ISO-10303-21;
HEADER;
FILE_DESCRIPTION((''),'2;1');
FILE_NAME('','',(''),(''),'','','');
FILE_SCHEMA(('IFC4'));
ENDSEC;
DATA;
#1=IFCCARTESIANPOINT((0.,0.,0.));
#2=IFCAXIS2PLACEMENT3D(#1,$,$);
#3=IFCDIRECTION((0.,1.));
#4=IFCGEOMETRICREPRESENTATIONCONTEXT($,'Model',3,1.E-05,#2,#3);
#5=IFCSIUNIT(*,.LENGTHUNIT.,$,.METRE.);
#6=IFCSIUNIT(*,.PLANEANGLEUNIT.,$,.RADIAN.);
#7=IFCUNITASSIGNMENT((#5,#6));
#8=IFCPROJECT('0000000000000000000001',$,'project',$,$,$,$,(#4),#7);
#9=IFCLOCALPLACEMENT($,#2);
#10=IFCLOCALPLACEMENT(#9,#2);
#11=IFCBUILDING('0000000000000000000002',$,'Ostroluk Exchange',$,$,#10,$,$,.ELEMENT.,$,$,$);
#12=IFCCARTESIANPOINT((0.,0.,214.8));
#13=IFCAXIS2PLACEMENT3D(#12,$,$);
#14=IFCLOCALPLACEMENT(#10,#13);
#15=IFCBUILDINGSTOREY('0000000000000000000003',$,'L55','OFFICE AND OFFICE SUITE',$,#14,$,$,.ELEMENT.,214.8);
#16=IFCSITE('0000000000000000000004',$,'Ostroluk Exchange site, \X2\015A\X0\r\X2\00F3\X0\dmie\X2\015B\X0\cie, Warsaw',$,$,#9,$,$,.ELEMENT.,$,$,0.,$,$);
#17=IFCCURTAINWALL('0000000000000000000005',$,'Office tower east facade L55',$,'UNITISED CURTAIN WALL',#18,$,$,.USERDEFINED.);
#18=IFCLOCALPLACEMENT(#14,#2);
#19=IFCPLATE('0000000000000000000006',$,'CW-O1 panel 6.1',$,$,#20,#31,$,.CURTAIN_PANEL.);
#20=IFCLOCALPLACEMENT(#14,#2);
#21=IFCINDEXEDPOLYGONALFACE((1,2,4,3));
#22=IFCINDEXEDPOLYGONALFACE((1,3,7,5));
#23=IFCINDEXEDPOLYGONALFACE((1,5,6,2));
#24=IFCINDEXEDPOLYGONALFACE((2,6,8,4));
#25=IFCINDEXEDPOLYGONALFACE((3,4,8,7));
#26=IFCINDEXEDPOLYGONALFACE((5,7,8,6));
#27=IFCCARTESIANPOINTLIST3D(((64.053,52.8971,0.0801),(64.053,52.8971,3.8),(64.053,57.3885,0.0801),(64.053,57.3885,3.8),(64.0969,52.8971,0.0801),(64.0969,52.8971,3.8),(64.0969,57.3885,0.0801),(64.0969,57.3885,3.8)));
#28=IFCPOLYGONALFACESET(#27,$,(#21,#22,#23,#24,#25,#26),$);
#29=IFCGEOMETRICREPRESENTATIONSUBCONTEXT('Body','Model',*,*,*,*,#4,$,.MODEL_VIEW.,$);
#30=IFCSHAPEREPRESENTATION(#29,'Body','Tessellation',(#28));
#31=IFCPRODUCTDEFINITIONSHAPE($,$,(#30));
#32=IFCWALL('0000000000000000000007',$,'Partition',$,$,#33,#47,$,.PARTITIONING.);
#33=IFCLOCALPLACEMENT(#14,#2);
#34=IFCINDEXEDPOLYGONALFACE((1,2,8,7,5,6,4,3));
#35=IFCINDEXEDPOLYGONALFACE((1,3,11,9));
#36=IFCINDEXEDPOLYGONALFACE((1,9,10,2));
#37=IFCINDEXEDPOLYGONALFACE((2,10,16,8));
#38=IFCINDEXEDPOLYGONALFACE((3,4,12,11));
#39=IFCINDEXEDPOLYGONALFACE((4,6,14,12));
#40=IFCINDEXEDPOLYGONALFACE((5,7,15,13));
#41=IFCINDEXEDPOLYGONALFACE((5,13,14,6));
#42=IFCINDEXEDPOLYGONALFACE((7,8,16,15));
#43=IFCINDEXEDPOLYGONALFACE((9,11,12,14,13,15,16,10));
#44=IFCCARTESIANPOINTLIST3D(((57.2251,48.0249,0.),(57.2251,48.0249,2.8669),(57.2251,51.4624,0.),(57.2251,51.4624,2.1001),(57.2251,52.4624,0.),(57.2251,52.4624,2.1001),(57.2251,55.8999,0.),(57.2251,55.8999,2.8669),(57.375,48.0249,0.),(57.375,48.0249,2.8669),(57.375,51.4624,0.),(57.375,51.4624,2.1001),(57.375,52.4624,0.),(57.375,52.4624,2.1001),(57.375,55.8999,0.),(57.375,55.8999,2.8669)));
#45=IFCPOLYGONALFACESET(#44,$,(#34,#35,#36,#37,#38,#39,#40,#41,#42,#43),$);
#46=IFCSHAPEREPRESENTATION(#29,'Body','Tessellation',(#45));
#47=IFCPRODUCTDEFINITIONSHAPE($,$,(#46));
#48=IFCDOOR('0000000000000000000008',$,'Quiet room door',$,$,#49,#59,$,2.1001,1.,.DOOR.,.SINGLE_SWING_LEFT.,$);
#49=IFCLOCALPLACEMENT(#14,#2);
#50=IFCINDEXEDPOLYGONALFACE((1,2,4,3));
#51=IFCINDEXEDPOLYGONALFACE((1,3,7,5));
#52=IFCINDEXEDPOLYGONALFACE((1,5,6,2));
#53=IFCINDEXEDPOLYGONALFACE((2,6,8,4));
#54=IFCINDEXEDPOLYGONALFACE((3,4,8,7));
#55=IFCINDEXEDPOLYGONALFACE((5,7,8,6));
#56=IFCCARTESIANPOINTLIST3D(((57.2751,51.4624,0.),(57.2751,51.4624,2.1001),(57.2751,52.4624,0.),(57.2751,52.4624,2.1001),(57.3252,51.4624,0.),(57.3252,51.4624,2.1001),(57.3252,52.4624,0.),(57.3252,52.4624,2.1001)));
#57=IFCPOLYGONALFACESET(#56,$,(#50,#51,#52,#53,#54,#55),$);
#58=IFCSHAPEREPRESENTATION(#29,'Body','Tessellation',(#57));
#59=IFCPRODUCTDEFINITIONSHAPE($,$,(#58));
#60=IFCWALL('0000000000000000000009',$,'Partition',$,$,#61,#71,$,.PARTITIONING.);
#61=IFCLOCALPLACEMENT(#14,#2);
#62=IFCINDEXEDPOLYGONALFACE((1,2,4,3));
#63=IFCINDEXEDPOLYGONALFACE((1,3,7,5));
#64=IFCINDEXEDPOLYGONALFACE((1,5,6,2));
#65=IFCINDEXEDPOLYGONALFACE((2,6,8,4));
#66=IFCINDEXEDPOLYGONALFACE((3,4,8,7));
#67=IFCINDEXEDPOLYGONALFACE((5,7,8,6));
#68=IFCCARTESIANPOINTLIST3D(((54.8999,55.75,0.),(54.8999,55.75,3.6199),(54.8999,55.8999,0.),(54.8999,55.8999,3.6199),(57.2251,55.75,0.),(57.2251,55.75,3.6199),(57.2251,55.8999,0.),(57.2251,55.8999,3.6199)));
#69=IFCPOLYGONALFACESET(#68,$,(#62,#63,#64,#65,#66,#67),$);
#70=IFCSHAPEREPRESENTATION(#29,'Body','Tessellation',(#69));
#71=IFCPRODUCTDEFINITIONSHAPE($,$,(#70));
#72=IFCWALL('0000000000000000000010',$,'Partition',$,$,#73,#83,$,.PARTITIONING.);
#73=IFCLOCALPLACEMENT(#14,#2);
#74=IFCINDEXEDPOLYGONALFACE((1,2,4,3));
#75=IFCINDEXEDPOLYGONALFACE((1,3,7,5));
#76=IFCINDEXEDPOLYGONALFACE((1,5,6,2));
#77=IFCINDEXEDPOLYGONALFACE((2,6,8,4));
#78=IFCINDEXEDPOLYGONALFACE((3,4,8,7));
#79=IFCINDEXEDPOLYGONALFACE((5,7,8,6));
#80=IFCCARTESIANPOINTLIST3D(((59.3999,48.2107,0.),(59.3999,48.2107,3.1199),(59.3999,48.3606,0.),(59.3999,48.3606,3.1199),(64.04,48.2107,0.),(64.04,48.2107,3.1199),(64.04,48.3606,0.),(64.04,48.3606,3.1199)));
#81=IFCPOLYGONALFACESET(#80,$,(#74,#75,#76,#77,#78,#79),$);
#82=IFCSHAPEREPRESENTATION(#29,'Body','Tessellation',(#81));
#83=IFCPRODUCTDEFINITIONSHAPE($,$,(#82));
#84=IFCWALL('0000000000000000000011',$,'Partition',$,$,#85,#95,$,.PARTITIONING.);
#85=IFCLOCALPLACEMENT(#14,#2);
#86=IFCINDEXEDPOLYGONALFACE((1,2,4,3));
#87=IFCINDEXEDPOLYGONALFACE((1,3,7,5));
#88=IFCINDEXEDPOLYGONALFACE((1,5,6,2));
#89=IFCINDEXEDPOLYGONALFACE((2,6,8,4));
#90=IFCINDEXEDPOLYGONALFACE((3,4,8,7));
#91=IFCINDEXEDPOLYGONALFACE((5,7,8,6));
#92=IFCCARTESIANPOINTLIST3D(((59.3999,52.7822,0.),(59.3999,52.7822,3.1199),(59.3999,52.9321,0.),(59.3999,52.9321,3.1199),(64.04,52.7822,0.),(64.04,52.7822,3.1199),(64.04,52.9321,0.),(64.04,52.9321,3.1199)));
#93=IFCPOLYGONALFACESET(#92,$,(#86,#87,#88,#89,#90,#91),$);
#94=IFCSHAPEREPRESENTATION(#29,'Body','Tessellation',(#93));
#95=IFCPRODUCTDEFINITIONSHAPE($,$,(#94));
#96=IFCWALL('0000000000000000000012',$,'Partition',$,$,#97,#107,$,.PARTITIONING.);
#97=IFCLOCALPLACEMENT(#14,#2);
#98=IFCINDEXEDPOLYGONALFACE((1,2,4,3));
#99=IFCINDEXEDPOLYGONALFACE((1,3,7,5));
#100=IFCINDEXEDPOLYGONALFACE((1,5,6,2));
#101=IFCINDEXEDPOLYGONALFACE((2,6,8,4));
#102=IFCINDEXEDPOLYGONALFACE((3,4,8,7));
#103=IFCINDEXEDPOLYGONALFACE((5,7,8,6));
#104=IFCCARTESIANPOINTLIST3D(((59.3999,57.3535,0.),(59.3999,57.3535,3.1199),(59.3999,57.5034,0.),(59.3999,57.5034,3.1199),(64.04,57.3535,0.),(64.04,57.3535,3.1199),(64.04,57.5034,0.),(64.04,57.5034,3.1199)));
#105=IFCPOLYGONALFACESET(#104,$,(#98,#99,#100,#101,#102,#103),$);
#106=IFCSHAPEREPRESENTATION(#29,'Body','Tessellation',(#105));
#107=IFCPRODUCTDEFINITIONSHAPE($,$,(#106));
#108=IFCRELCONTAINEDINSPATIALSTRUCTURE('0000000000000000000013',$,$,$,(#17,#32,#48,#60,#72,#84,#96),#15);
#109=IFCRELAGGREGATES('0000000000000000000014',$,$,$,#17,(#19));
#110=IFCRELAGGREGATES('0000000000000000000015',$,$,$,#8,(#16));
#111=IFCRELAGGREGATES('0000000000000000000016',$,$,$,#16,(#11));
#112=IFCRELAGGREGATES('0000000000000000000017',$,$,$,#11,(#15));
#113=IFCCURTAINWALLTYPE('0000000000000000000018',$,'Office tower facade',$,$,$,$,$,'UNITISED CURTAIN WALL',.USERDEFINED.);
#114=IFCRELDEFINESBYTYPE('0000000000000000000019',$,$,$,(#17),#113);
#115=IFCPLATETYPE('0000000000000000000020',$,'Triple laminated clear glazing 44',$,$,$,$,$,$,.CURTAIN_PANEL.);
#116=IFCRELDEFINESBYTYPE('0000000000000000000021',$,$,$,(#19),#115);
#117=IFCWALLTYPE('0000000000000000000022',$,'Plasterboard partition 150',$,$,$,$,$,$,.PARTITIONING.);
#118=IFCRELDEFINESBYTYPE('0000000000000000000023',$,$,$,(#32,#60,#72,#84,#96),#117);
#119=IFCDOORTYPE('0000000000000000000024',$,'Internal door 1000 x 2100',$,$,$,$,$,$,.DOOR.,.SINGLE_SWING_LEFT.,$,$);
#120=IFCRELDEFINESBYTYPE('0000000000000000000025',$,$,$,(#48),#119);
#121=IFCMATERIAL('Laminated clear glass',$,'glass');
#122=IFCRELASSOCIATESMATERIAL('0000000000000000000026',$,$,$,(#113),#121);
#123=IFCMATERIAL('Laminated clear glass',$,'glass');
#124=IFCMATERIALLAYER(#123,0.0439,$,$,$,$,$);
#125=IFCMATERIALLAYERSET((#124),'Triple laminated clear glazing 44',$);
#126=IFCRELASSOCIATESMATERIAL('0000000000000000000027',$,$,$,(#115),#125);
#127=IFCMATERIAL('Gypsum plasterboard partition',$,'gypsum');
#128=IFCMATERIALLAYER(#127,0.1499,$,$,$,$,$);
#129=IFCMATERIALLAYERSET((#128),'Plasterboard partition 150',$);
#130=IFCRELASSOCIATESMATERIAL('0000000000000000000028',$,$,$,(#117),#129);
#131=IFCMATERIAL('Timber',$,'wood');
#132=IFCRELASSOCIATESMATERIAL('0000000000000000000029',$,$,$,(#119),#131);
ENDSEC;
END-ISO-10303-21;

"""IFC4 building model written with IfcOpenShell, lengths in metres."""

from ifc_helpers import new_model, si_unit, direction, frame, frame_2d, origin, origin_2d, place, context, subcontext, project, spatial, rectangle, extrude, material, layer, layer_set, type_object, element, fill, aggregate, save


model = new_model("IFC4")

# Units and contexts
model_context = context("Model", 3, precision=1e-05, world=origin(), true_north=direction((0.0, 1.0)))
body_context = subcontext(model_context, "Body", "Model", "MODEL_VIEW")
ifc_project = project(units=[si_unit("LENGTHUNIT", "METRE"), si_unit("PLANEANGLEUNIT", "RADIAN")], contexts=[model_context])

# Site, building, storey
site_placement = place(None, origin())
site = spatial("IfcSite", under=ifc_project, at=site_placement, Name="Ostroluk Exchange site, Śródmieście, Warsaw", CompositionType="ELEMENT", RefElevation=0.0)
building_placement = place(site_placement, origin())
building = spatial("IfcBuilding", under=site, at=building_placement, Name="Ostroluk Exchange", CompositionType="ELEMENT")
storey_placement = place(building_placement, frame((0.0, 0.0, 214.8)))
storey = spatial("IfcBuildingStorey", under=building, at=storey_placement, Name="L55", Description="OFFICE AND OFFICE SUITE", CompositionType="ELEMENT", Elevation=214.8)

# Curtain wall, plate
ifc_material_1 = material(Name="Laminated clear glass", Category="glass")
curtain_wall_type = type_object("IfcCurtainWallType", Name="Office tower facade", ElementType="UNITISED CURTAIN WALL", PredefinedType="USERDEFINED", material=ifc_material_1)
curtain_wall_placement = place(storey_placement, origin())
curtain_wall = element("IfcCurtainWall", 1, at=curtain_wall_placement, inside=storey, type_object=curtain_wall_type, Name="Office tower east facade L55", ObjectType="UNITISED CURTAIN WALL", PredefinedType="USERDEFINED")
ifc_material_2 = material(Name="Laminated clear glass", Category="glass")
ifc_layer_1 = layer(ifc_material_2, 0.0439)
ifc_layer_set_1 = layer_set([ifc_layer_1], Name="Triple laminated clear glazing 44")
plate_type = type_object("IfcPlateType", Name="Triple laminated clear glazing 44", PredefinedType="CURTAIN_PANEL", material=ifc_layer_set_1)
plate_1_placement = place(storey_placement, frame((64.075, 55.1428, 0.0801), z_axis=(0.0, 0.0, 1.0), x_axis=(0.0, 1.0, 0.0)))
plate_1 = element("IfcPlate", 2, at=plate_1_placement, type_object=plate_type, Name="CW-O1 panel 6.1", PredefinedType="CURTAIN_PANEL", context=body_context, shape_type="SweptSolid", body=[
    extrude(rectangle(XDim=4.4915, YDim=0.0439, at=origin_2d()), origin(), (0.0, 0.0, 1.0), 3.72),
])
aggregate(curtain_wall, [plate_1])

# Wall, opening, door
ifc_material_3 = material(Name="Gypsum plasterboard partition", Category="gypsum")
ifc_layer_2 = layer(ifc_material_3, 0.1499)
ifc_layer_set_2 = layer_set([ifc_layer_2], Name="Plasterboard partition 150")
wall_type = type_object("IfcWallType", Name="Plasterboard partition 150", PredefinedType="PARTITIONING", material=ifc_layer_set_2)
wall_1_placement = place(storey_placement, frame((57.3, 48.0249, 0.0), z_axis=(0.0, 0.0, 1.0), x_axis=(0.0, 1.0, 0.0)))
wall_1 = element("IfcWall", 3, at=wall_1_placement, inside=storey, type_object=wall_type, Name="Partition", PredefinedType="PARTITIONING", context=body_context, shape_type="SweptSolid", body=[
    extrude(rectangle(XDim=7.875, YDim=0.1499, at=frame_2d((3.9375, 0.0))), origin(), (0.0, 0.0, 1.0), 2.8669),
])
opening_placement = place(wall_1_placement, frame((3.4375, 0.0, 0.0)))
opening = element("IfcOpeningElement", 4, at=opening_placement, cuts=wall_1, PredefinedType="OPENING", context=body_context, shape_type="SweptSolid", body=[
    extrude(rectangle(XDim=1.0, YDim=2.1001, at=frame_2d((0.5, 1.05))), frame((0.0, 0.085, 0.0), z_axis=(0.0, -1.0, 0.0), x_axis=(1.0, 0.0, 0.0)), (0.0, 0.0, 1.0), 0.1699),
])
ifc_material_4 = material(Name="Timber", Category="wood")
door_type = type_object("IfcDoorType", Name="Internal door 1000 x 2100", OperationType="SINGLE_SWING_LEFT", PredefinedType="DOOR", material=ifc_material_4)
door_placement = place(opening_placement, origin())
door = element("IfcDoor", 5, at=door_placement, inside=storey, type_object=door_type, Name="Quiet room door", OperationType="SINGLE_SWING_LEFT", OverallHeight=2.1001, OverallWidth=1.0, PredefinedType="DOOR", context=body_context, shape_type="SweptSolid", body=[
    extrude(rectangle(XDim=1.0, YDim=2.1001, at=frame_2d((0.5, 1.05))), frame((0.0, 0.0249, 0.0), z_axis=(0.0, -1.0, 0.0), x_axis=(1.0, 0.0, 0.0)), (0.0, 0.0, 1.0), 0.05),
])
fill(opening, door)

# Walls
wall_2_placement = place(storey_placement, frame((54.8999, 55.825, 0.0), z_axis=(0.0, 0.0, 1.0), x_axis=(1.0, 0.0, 0.0)))
element("IfcWall", 6, at=wall_2_placement, inside=storey, type_object=wall_type, Name="Partition", PredefinedType="PARTITIONING", context=body_context, shape_type="SweptSolid", body=[
    extrude(rectangle(XDim=2.3252, YDim=0.1499, at=frame_2d((1.1626, 0.0))), origin(), (0.0, 0.0, 1.0), 3.6199),
])
for number, where, z_axis, x_axis, name in (
    (7, (59.3999, 48.2856, 0.0), (0.0, 0.0, 1.0), (1.0, 0.0, 0.0), "Partition"),
    (8, (59.3999, 52.8572, 0.0), (0.0, 0.0, 1.0), (1.0, 0.0, 0.0), "Partition"),
    (9, (59.3999, 57.4285, 0.0), (0.0, 0.0, 1.0), (1.0, 0.0, 0.0), "Partition"),
):
    element("IfcWall", number, at=place(storey_placement, frame(where, z_axis=z_axis, x_axis=x_axis)), inside=storey, type_object=wall_type, Name=name, PredefinedType="PARTITIONING", context=body_context, shape_type="SweptSolid", body=[
        extrude(rectangle(XDim=4.6401, YDim=0.1499, at=frame_2d((2.3201, 0.0))), origin(), (0.0, 0.0, 1.0), 3.1199),
    ])

save(model, "model.ifc")
